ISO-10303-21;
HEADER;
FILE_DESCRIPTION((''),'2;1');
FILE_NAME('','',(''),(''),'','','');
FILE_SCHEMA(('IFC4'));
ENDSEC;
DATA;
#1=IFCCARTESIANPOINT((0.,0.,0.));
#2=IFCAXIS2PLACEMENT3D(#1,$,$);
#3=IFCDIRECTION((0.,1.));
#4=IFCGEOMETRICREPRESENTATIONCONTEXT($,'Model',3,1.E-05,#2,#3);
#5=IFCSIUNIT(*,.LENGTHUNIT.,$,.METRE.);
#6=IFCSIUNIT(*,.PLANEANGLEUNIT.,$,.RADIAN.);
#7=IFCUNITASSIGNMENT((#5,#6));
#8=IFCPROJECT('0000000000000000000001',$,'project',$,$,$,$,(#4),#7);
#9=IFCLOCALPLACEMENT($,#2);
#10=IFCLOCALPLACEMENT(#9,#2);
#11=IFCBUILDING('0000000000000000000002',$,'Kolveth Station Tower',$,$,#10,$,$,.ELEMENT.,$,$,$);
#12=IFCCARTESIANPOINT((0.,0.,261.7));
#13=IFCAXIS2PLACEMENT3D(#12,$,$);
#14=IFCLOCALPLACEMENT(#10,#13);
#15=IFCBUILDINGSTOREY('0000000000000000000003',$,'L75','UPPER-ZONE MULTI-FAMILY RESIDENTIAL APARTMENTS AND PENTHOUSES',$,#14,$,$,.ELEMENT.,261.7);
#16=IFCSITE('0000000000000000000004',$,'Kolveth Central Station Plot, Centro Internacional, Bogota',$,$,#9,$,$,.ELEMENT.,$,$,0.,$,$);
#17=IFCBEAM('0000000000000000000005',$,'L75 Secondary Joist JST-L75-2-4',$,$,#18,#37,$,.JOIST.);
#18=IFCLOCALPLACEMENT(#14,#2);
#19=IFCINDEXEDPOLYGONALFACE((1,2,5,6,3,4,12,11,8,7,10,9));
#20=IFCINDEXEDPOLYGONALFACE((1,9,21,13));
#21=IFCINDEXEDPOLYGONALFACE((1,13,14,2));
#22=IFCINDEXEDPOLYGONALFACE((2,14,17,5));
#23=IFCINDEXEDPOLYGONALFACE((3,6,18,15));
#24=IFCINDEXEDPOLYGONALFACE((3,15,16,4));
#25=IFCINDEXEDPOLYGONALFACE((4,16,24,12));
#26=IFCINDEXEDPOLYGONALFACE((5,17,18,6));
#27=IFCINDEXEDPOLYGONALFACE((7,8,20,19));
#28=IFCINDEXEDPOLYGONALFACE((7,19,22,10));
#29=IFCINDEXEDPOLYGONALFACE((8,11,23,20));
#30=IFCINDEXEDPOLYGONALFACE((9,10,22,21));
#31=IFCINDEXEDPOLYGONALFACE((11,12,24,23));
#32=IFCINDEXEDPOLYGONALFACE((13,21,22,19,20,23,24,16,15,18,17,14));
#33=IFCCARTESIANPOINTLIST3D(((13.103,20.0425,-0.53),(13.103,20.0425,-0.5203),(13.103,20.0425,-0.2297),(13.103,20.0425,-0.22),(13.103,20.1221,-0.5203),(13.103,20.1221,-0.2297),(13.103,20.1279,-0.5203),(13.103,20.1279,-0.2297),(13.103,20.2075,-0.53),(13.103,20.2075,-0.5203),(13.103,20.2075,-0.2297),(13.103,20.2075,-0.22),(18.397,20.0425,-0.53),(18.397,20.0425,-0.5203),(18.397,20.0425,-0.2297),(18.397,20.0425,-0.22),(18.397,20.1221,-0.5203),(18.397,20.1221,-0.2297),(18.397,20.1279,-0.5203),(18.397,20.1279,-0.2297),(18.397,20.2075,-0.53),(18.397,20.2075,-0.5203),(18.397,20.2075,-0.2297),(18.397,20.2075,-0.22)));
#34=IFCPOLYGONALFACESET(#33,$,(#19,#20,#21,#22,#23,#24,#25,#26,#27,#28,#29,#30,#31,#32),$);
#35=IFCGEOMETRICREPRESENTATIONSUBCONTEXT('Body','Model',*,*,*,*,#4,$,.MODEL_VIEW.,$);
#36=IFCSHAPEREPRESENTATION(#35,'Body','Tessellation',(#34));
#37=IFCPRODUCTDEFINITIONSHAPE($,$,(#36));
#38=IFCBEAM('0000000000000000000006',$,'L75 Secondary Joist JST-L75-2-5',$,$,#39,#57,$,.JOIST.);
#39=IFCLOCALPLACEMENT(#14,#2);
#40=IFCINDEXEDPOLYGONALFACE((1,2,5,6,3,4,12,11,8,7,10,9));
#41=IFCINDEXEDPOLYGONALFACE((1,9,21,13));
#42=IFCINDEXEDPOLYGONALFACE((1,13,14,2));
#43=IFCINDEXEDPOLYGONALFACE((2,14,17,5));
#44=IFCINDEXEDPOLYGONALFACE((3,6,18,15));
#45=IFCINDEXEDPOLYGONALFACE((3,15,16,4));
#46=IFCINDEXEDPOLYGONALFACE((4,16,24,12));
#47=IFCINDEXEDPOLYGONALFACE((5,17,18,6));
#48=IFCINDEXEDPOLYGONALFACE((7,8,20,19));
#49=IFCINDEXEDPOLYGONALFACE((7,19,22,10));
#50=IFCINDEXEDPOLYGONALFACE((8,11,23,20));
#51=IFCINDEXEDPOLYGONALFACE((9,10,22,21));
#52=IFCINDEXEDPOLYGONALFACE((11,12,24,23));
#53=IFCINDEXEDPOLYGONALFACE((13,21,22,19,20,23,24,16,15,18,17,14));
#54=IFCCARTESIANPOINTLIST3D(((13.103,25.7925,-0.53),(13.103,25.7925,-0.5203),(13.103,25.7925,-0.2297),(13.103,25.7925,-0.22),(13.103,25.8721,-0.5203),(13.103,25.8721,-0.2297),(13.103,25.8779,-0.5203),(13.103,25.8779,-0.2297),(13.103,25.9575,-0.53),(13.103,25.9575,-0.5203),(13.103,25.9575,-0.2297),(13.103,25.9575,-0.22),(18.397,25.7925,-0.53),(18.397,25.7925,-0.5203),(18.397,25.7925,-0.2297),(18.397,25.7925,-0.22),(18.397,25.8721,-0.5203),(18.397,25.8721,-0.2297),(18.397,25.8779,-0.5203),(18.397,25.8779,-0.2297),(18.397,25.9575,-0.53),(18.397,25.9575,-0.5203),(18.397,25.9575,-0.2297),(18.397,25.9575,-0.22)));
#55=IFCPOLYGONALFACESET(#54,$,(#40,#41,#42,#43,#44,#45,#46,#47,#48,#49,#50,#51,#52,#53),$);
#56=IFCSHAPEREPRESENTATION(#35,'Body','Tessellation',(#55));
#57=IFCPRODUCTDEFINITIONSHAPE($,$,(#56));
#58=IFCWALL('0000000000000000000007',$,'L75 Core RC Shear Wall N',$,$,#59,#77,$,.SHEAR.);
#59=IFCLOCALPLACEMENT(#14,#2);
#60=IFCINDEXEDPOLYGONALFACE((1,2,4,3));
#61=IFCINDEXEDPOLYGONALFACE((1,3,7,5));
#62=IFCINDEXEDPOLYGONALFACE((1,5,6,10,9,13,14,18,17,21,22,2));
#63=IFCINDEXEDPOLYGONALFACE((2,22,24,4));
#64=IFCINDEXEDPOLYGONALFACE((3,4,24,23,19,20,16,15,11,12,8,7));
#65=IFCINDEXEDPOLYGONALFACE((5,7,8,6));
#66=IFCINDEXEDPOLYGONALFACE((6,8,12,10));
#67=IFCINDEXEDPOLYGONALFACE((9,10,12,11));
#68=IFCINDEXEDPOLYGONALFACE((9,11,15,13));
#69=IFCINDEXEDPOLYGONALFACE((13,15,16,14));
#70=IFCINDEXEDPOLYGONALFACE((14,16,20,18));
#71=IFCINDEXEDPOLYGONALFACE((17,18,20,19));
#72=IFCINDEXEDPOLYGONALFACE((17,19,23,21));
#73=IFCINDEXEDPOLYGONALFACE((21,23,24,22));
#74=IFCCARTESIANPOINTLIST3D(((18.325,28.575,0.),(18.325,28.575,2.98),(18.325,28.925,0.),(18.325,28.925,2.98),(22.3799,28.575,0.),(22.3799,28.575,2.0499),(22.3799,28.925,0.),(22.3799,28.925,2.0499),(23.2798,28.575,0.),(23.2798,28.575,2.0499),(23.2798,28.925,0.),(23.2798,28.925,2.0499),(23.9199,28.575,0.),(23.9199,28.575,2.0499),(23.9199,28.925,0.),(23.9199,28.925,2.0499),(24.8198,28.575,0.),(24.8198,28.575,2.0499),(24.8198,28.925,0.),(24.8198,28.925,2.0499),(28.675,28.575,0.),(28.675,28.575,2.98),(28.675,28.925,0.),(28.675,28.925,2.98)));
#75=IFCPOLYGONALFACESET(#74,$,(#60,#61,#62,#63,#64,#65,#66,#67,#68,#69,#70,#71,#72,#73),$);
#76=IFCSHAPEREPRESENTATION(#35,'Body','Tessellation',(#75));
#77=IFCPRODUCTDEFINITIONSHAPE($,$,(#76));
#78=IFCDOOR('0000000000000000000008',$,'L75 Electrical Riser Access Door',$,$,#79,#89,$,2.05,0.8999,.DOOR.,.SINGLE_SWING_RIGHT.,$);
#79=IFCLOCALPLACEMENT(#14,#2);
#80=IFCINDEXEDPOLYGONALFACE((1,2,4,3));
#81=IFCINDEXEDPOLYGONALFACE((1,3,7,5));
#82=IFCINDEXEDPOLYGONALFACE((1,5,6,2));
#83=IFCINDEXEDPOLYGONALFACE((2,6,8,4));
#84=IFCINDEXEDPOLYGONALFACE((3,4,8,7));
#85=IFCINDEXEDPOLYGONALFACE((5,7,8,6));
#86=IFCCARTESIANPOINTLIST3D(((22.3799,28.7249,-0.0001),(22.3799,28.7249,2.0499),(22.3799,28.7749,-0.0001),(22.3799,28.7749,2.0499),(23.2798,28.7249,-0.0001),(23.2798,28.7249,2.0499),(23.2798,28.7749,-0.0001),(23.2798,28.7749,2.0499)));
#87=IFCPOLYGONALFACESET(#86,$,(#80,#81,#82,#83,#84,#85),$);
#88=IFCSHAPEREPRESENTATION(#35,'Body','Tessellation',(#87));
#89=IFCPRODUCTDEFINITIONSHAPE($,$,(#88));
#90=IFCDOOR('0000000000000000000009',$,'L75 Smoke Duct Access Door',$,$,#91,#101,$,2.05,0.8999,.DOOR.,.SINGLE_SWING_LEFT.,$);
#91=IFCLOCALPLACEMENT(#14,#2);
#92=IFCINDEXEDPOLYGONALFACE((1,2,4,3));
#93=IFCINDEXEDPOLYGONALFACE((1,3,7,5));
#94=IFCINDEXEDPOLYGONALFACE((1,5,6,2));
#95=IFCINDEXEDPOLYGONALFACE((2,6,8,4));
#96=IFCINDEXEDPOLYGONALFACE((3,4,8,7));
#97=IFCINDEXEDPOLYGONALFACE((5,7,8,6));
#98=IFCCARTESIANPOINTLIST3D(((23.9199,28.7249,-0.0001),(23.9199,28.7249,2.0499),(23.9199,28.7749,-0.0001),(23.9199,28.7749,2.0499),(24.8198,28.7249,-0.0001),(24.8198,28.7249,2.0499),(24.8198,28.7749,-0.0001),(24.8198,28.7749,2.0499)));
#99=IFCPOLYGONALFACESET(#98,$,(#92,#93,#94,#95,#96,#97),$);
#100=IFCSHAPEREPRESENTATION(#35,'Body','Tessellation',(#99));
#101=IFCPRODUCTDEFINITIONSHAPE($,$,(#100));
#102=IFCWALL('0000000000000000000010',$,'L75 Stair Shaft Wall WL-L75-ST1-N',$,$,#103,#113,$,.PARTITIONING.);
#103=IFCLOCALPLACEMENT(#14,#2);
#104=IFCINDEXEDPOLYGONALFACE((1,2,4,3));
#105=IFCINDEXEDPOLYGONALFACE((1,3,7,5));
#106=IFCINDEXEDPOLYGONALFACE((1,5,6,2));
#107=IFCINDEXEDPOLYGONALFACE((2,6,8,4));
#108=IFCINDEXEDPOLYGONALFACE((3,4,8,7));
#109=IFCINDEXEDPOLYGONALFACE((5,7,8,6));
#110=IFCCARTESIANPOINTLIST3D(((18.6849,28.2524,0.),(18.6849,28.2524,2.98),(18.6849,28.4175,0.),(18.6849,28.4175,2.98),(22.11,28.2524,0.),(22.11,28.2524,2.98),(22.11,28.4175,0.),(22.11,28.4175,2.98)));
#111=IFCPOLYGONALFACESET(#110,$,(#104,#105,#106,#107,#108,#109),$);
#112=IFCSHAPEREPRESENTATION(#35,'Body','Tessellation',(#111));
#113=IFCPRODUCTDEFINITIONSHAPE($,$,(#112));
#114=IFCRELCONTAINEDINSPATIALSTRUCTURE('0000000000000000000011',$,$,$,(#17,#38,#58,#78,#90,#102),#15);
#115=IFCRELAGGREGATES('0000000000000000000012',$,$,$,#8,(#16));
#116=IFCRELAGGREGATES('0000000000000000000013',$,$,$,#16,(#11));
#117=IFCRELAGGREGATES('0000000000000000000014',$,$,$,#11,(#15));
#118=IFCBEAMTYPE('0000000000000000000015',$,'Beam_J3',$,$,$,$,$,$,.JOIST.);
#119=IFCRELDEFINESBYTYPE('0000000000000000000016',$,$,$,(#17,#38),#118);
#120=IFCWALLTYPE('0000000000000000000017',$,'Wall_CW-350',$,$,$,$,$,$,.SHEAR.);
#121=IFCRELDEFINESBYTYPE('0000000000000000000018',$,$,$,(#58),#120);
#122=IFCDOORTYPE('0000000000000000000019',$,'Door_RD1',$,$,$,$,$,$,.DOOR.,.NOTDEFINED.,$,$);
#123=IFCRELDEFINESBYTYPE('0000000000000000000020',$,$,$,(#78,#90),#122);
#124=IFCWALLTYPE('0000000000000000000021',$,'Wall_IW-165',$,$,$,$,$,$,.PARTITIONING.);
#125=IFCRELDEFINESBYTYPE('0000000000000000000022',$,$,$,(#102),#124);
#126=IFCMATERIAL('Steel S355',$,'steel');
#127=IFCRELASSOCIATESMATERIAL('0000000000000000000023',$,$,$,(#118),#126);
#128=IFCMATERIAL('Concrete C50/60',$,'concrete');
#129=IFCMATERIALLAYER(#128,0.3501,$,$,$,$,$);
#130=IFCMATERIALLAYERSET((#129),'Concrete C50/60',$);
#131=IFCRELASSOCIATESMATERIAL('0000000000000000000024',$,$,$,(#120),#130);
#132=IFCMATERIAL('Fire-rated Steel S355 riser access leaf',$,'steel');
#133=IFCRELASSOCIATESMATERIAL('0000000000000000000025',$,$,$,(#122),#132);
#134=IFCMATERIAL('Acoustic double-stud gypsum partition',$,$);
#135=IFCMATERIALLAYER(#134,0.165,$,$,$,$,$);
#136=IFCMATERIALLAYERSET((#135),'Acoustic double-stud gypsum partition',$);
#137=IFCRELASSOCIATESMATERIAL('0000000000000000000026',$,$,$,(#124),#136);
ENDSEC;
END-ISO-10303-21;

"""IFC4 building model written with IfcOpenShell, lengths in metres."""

from ifc_helpers import new_model, si_unit, direction, frame, frame_2d, origin, origin_2d, place, context, subcontext, project, spatial, rectangle, i_section, extrude, source, transform, mapped, material, layer, layer_set, material_profile, profile_set, type_object, element, fill, save


model = new_model("IFC4")

# Units and contexts
model_context = context("Model", 3, precision=1e-05, world=origin(), true_north=direction((0.0, 1.0)))
body_context = subcontext(model_context, "Body", "Model", "MODEL_VIEW")
ifc_project = project(units=[si_unit("LENGTHUNIT", "METRE"), si_unit("PLANEANGLEUNIT", "RADIAN")], contexts=[model_context])

# Site, building, storey
site_placement = place(None, origin())
site = spatial("IfcSite", under=ifc_project, at=site_placement, Name="Kolveth Central Station Plot, Centro Internacional, Bogota", CompositionType="ELEMENT", RefElevation=0.0)
building_placement = place(site_placement, origin())
building = spatial("IfcBuilding", under=site, at=building_placement, Name="Kolveth Station Tower", CompositionType="ELEMENT")
storey_placement = place(building_placement, frame((0.0, 0.0, 261.7)))
storey = spatial("IfcBuildingStorey", under=building, at=storey_placement, Name="L75", Description="UPPER-ZONE MULTI-FAMILY RESIDENTIAL APARTMENTS AND PENTHOUSES", CompositionType="ELEMENT", Elevation=261.7)

# Shared definitions
ifc_material_1 = material(Name="Steel S355", Category="steel")

# Beams
ifc_material_profile_1 = material_profile(ifc_material_1, i_section(OverallWidth=0.165, OverallDepth=0.3101, WebThickness=0.0059, FlangeThickness=0.0098, at=origin_2d()), Name="W310x39")
ifc_profile_set_1 = profile_set([ifc_material_profile_1], Name="Steel S355")
beam_type_1 = type_object("IfcBeamType", Name="Beam_J3", PredefinedType="JOIST", material=ifc_profile_set_1)
shared_shape_1 = source(origin(), body_context, "Body", "SweptSolid", [
    extrude(i_section(OverallWidth=0.165, OverallDepth=0.3101, WebThickness=0.0059, FlangeThickness=0.0098, at=origin_2d()), origin(), (0.0, 0.0, 1.0), 5.2939),
])
for number, where, z_axis, x_axis, name in (
    (1, (13.103, 20.125, -0.375), (1.0, 0.0, 0.0), (0.0, 1.0, 0.0), "L75 Secondary Joist JST-L75-2-4"),
    (2, (13.103, 25.875, -0.375), (1.0, 0.0, 0.0), (0.0, 1.0, 0.0), "L75 Secondary Joist JST-L75-2-5"),
):
    element("IfcBeam", number, at=place(storey_placement, frame(where, z_axis=z_axis, x_axis=x_axis)), inside=storey, type_object=beam_type_1, Name=name, PredefinedType="JOIST", context=body_context, shape_type="MappedRepresentation", body=[
        mapped(shared_shape_1, transform((0.0, 0.0, 0.0), x_axis=(1.0, 0.0, 0.0), y_axis=(0.0, 1.0, 0.0), z_axis=(0.0, 0.0, 1.0), scale=1.0)),
    ])

# Wall, openings, doors
ifc_material_2 = material(Name="Concrete C50/60", Category="concrete")
ifc_layer_1 = layer(ifc_material_2, 0.3501)
ifc_layer_set_1 = layer_set([ifc_layer_1], Name="Concrete C50/60")
wall_type_1 = type_object("IfcWallType", Name="Wall_CW-350", PredefinedType="SHEAR", material=ifc_layer_set_1)
wall_1_placement = place(storey_placement, frame((18.325, 28.75, 0.0), z_axis=(0.0, 0.0, 1.0), x_axis=(1.0, 0.0, 0.0)))
wall_1 = element("IfcWall", 3, at=wall_1_placement, inside=storey, type_object=wall_type_1, Name="L75 Core RC Shear Wall N", PredefinedType="SHEAR", context=body_context, shape_type="SweptSolid", body=[
    extrude(rectangle(XDim=10.3501, YDim=0.3501, at=frame_2d((5.175, 0.0))), origin(), (0.0, 0.0, 1.0), 2.98),
])
opening_1_placement = place(wall_1_placement, frame((4.0549, 0.0, 0.0)))
opening_1 = element("IfcOpeningElement", 4, at=opening_1_placement, cuts=wall_1, PredefinedType="OPENING", context=body_context, shape_type="SweptSolid", body=[
    extrude(rectangle(XDim=0.8999, YDim=2.05, at=frame_2d((0.45, 1.0249))), frame((0.0, 0.1851, 0.0), z_axis=(0.0, -1.0, 0.0), x_axis=(1.0, 0.0, 0.0)), (0.0, 0.0, 1.0), 0.3701),
])
opening_2_placement = place(wall_1_placement, frame((5.595, 0.0, 0.0)))
opening_2 = element("IfcOpeningElement", 5, at=opening_2_placement, cuts=wall_1, PredefinedType="OPENING", context=body_context, shape_type="SweptSolid", body=[
    extrude(rectangle(XDim=0.8999, YDim=2.05, at=frame_2d((0.45, 1.0249))), frame((0.0, 0.1851, 0.0), z_axis=(0.0, -1.0, 0.0), x_axis=(1.0, 0.0, 0.0)), (0.0, 0.0, 1.0), 0.3701),
])
ifc_material_3 = material(Name="Fire-rated Steel S355 riser access leaf", Category="steel")
door_type_1 = type_object("IfcDoorType", Name="Door_RD1", OperationType="NOTDEFINED", PredefinedType="DOOR", material=ifc_material_3)
door_1_placement = place(opening_1_placement, origin())
door_1 = element("IfcDoor", 6, at=door_1_placement, inside=storey, type_object=door_type_1, Name="L75 Electrical Riser Access Door", OperationType="SINGLE_SWING_RIGHT", OverallHeight=2.05, OverallWidth=0.8999, PredefinedType="DOOR", context=body_context, shape_type="SweptSolid", body=[
    extrude(rectangle(XDim=0.8999, YDim=2.05, at=frame_2d((0.45, 1.0249))), frame((0.0, 0.0249, 0.0), z_axis=(0.0, -1.0, 0.0), x_axis=(1.0, 0.0, 0.0)), (0.0, 0.0, 1.0), 0.05),
])
fill(opening_1, door_1)
door_2_placement = place(opening_2_placement, origin())
door_2 = element("IfcDoor", 7, at=door_2_placement, inside=storey, type_object=door_type_1, Name="L75 Smoke Duct Access Door", OperationType="SINGLE_SWING_LEFT", OverallHeight=2.05, OverallWidth=0.8999, PredefinedType="DOOR", context=body_context, shape_type="SweptSolid", body=[
    extrude(rectangle(XDim=0.8999, YDim=2.05, at=frame_2d((0.45, 1.0249))), frame((0.0, 0.0249, 0.0), z_axis=(0.0, -1.0, 0.0), x_axis=(1.0, 0.0, 0.0)), (0.0, 0.0, 1.0), 0.05),
])
fill(opening_2, door_2)

# Wall
ifc_material_4 = material(Name="Acoustic double-stud gypsum partition")
ifc_layer_2 = layer(ifc_material_4, 0.165)
ifc_layer_set_2 = layer_set([ifc_layer_2], Name="Acoustic double-stud gypsum partition")
wall_type_2 = type_object("IfcWallType", Name="Wall_IW-165", PredefinedType="PARTITIONING", material=ifc_layer_set_2)
wall_2_placement = place(storey_placement, frame((18.6851, 28.335, 0.0), z_axis=(0.0, 0.0, 1.0), x_axis=(1.0, 0.0, 0.0)))
element("IfcWall", 8, at=wall_2_placement, inside=storey, type_object=wall_type_2, Name="L75 Stair Shaft Wall WL-L75-ST1-N", PredefinedType="PARTITIONING", context=body_context, shape_type="SweptSolid", body=[
    extrude(rectangle(XDim=3.425, YDim=0.165, at=frame_2d((1.7124, 0.0))), origin(), (0.0, 0.0, 1.0), 2.98),
])

save(model, "model.ifc")
